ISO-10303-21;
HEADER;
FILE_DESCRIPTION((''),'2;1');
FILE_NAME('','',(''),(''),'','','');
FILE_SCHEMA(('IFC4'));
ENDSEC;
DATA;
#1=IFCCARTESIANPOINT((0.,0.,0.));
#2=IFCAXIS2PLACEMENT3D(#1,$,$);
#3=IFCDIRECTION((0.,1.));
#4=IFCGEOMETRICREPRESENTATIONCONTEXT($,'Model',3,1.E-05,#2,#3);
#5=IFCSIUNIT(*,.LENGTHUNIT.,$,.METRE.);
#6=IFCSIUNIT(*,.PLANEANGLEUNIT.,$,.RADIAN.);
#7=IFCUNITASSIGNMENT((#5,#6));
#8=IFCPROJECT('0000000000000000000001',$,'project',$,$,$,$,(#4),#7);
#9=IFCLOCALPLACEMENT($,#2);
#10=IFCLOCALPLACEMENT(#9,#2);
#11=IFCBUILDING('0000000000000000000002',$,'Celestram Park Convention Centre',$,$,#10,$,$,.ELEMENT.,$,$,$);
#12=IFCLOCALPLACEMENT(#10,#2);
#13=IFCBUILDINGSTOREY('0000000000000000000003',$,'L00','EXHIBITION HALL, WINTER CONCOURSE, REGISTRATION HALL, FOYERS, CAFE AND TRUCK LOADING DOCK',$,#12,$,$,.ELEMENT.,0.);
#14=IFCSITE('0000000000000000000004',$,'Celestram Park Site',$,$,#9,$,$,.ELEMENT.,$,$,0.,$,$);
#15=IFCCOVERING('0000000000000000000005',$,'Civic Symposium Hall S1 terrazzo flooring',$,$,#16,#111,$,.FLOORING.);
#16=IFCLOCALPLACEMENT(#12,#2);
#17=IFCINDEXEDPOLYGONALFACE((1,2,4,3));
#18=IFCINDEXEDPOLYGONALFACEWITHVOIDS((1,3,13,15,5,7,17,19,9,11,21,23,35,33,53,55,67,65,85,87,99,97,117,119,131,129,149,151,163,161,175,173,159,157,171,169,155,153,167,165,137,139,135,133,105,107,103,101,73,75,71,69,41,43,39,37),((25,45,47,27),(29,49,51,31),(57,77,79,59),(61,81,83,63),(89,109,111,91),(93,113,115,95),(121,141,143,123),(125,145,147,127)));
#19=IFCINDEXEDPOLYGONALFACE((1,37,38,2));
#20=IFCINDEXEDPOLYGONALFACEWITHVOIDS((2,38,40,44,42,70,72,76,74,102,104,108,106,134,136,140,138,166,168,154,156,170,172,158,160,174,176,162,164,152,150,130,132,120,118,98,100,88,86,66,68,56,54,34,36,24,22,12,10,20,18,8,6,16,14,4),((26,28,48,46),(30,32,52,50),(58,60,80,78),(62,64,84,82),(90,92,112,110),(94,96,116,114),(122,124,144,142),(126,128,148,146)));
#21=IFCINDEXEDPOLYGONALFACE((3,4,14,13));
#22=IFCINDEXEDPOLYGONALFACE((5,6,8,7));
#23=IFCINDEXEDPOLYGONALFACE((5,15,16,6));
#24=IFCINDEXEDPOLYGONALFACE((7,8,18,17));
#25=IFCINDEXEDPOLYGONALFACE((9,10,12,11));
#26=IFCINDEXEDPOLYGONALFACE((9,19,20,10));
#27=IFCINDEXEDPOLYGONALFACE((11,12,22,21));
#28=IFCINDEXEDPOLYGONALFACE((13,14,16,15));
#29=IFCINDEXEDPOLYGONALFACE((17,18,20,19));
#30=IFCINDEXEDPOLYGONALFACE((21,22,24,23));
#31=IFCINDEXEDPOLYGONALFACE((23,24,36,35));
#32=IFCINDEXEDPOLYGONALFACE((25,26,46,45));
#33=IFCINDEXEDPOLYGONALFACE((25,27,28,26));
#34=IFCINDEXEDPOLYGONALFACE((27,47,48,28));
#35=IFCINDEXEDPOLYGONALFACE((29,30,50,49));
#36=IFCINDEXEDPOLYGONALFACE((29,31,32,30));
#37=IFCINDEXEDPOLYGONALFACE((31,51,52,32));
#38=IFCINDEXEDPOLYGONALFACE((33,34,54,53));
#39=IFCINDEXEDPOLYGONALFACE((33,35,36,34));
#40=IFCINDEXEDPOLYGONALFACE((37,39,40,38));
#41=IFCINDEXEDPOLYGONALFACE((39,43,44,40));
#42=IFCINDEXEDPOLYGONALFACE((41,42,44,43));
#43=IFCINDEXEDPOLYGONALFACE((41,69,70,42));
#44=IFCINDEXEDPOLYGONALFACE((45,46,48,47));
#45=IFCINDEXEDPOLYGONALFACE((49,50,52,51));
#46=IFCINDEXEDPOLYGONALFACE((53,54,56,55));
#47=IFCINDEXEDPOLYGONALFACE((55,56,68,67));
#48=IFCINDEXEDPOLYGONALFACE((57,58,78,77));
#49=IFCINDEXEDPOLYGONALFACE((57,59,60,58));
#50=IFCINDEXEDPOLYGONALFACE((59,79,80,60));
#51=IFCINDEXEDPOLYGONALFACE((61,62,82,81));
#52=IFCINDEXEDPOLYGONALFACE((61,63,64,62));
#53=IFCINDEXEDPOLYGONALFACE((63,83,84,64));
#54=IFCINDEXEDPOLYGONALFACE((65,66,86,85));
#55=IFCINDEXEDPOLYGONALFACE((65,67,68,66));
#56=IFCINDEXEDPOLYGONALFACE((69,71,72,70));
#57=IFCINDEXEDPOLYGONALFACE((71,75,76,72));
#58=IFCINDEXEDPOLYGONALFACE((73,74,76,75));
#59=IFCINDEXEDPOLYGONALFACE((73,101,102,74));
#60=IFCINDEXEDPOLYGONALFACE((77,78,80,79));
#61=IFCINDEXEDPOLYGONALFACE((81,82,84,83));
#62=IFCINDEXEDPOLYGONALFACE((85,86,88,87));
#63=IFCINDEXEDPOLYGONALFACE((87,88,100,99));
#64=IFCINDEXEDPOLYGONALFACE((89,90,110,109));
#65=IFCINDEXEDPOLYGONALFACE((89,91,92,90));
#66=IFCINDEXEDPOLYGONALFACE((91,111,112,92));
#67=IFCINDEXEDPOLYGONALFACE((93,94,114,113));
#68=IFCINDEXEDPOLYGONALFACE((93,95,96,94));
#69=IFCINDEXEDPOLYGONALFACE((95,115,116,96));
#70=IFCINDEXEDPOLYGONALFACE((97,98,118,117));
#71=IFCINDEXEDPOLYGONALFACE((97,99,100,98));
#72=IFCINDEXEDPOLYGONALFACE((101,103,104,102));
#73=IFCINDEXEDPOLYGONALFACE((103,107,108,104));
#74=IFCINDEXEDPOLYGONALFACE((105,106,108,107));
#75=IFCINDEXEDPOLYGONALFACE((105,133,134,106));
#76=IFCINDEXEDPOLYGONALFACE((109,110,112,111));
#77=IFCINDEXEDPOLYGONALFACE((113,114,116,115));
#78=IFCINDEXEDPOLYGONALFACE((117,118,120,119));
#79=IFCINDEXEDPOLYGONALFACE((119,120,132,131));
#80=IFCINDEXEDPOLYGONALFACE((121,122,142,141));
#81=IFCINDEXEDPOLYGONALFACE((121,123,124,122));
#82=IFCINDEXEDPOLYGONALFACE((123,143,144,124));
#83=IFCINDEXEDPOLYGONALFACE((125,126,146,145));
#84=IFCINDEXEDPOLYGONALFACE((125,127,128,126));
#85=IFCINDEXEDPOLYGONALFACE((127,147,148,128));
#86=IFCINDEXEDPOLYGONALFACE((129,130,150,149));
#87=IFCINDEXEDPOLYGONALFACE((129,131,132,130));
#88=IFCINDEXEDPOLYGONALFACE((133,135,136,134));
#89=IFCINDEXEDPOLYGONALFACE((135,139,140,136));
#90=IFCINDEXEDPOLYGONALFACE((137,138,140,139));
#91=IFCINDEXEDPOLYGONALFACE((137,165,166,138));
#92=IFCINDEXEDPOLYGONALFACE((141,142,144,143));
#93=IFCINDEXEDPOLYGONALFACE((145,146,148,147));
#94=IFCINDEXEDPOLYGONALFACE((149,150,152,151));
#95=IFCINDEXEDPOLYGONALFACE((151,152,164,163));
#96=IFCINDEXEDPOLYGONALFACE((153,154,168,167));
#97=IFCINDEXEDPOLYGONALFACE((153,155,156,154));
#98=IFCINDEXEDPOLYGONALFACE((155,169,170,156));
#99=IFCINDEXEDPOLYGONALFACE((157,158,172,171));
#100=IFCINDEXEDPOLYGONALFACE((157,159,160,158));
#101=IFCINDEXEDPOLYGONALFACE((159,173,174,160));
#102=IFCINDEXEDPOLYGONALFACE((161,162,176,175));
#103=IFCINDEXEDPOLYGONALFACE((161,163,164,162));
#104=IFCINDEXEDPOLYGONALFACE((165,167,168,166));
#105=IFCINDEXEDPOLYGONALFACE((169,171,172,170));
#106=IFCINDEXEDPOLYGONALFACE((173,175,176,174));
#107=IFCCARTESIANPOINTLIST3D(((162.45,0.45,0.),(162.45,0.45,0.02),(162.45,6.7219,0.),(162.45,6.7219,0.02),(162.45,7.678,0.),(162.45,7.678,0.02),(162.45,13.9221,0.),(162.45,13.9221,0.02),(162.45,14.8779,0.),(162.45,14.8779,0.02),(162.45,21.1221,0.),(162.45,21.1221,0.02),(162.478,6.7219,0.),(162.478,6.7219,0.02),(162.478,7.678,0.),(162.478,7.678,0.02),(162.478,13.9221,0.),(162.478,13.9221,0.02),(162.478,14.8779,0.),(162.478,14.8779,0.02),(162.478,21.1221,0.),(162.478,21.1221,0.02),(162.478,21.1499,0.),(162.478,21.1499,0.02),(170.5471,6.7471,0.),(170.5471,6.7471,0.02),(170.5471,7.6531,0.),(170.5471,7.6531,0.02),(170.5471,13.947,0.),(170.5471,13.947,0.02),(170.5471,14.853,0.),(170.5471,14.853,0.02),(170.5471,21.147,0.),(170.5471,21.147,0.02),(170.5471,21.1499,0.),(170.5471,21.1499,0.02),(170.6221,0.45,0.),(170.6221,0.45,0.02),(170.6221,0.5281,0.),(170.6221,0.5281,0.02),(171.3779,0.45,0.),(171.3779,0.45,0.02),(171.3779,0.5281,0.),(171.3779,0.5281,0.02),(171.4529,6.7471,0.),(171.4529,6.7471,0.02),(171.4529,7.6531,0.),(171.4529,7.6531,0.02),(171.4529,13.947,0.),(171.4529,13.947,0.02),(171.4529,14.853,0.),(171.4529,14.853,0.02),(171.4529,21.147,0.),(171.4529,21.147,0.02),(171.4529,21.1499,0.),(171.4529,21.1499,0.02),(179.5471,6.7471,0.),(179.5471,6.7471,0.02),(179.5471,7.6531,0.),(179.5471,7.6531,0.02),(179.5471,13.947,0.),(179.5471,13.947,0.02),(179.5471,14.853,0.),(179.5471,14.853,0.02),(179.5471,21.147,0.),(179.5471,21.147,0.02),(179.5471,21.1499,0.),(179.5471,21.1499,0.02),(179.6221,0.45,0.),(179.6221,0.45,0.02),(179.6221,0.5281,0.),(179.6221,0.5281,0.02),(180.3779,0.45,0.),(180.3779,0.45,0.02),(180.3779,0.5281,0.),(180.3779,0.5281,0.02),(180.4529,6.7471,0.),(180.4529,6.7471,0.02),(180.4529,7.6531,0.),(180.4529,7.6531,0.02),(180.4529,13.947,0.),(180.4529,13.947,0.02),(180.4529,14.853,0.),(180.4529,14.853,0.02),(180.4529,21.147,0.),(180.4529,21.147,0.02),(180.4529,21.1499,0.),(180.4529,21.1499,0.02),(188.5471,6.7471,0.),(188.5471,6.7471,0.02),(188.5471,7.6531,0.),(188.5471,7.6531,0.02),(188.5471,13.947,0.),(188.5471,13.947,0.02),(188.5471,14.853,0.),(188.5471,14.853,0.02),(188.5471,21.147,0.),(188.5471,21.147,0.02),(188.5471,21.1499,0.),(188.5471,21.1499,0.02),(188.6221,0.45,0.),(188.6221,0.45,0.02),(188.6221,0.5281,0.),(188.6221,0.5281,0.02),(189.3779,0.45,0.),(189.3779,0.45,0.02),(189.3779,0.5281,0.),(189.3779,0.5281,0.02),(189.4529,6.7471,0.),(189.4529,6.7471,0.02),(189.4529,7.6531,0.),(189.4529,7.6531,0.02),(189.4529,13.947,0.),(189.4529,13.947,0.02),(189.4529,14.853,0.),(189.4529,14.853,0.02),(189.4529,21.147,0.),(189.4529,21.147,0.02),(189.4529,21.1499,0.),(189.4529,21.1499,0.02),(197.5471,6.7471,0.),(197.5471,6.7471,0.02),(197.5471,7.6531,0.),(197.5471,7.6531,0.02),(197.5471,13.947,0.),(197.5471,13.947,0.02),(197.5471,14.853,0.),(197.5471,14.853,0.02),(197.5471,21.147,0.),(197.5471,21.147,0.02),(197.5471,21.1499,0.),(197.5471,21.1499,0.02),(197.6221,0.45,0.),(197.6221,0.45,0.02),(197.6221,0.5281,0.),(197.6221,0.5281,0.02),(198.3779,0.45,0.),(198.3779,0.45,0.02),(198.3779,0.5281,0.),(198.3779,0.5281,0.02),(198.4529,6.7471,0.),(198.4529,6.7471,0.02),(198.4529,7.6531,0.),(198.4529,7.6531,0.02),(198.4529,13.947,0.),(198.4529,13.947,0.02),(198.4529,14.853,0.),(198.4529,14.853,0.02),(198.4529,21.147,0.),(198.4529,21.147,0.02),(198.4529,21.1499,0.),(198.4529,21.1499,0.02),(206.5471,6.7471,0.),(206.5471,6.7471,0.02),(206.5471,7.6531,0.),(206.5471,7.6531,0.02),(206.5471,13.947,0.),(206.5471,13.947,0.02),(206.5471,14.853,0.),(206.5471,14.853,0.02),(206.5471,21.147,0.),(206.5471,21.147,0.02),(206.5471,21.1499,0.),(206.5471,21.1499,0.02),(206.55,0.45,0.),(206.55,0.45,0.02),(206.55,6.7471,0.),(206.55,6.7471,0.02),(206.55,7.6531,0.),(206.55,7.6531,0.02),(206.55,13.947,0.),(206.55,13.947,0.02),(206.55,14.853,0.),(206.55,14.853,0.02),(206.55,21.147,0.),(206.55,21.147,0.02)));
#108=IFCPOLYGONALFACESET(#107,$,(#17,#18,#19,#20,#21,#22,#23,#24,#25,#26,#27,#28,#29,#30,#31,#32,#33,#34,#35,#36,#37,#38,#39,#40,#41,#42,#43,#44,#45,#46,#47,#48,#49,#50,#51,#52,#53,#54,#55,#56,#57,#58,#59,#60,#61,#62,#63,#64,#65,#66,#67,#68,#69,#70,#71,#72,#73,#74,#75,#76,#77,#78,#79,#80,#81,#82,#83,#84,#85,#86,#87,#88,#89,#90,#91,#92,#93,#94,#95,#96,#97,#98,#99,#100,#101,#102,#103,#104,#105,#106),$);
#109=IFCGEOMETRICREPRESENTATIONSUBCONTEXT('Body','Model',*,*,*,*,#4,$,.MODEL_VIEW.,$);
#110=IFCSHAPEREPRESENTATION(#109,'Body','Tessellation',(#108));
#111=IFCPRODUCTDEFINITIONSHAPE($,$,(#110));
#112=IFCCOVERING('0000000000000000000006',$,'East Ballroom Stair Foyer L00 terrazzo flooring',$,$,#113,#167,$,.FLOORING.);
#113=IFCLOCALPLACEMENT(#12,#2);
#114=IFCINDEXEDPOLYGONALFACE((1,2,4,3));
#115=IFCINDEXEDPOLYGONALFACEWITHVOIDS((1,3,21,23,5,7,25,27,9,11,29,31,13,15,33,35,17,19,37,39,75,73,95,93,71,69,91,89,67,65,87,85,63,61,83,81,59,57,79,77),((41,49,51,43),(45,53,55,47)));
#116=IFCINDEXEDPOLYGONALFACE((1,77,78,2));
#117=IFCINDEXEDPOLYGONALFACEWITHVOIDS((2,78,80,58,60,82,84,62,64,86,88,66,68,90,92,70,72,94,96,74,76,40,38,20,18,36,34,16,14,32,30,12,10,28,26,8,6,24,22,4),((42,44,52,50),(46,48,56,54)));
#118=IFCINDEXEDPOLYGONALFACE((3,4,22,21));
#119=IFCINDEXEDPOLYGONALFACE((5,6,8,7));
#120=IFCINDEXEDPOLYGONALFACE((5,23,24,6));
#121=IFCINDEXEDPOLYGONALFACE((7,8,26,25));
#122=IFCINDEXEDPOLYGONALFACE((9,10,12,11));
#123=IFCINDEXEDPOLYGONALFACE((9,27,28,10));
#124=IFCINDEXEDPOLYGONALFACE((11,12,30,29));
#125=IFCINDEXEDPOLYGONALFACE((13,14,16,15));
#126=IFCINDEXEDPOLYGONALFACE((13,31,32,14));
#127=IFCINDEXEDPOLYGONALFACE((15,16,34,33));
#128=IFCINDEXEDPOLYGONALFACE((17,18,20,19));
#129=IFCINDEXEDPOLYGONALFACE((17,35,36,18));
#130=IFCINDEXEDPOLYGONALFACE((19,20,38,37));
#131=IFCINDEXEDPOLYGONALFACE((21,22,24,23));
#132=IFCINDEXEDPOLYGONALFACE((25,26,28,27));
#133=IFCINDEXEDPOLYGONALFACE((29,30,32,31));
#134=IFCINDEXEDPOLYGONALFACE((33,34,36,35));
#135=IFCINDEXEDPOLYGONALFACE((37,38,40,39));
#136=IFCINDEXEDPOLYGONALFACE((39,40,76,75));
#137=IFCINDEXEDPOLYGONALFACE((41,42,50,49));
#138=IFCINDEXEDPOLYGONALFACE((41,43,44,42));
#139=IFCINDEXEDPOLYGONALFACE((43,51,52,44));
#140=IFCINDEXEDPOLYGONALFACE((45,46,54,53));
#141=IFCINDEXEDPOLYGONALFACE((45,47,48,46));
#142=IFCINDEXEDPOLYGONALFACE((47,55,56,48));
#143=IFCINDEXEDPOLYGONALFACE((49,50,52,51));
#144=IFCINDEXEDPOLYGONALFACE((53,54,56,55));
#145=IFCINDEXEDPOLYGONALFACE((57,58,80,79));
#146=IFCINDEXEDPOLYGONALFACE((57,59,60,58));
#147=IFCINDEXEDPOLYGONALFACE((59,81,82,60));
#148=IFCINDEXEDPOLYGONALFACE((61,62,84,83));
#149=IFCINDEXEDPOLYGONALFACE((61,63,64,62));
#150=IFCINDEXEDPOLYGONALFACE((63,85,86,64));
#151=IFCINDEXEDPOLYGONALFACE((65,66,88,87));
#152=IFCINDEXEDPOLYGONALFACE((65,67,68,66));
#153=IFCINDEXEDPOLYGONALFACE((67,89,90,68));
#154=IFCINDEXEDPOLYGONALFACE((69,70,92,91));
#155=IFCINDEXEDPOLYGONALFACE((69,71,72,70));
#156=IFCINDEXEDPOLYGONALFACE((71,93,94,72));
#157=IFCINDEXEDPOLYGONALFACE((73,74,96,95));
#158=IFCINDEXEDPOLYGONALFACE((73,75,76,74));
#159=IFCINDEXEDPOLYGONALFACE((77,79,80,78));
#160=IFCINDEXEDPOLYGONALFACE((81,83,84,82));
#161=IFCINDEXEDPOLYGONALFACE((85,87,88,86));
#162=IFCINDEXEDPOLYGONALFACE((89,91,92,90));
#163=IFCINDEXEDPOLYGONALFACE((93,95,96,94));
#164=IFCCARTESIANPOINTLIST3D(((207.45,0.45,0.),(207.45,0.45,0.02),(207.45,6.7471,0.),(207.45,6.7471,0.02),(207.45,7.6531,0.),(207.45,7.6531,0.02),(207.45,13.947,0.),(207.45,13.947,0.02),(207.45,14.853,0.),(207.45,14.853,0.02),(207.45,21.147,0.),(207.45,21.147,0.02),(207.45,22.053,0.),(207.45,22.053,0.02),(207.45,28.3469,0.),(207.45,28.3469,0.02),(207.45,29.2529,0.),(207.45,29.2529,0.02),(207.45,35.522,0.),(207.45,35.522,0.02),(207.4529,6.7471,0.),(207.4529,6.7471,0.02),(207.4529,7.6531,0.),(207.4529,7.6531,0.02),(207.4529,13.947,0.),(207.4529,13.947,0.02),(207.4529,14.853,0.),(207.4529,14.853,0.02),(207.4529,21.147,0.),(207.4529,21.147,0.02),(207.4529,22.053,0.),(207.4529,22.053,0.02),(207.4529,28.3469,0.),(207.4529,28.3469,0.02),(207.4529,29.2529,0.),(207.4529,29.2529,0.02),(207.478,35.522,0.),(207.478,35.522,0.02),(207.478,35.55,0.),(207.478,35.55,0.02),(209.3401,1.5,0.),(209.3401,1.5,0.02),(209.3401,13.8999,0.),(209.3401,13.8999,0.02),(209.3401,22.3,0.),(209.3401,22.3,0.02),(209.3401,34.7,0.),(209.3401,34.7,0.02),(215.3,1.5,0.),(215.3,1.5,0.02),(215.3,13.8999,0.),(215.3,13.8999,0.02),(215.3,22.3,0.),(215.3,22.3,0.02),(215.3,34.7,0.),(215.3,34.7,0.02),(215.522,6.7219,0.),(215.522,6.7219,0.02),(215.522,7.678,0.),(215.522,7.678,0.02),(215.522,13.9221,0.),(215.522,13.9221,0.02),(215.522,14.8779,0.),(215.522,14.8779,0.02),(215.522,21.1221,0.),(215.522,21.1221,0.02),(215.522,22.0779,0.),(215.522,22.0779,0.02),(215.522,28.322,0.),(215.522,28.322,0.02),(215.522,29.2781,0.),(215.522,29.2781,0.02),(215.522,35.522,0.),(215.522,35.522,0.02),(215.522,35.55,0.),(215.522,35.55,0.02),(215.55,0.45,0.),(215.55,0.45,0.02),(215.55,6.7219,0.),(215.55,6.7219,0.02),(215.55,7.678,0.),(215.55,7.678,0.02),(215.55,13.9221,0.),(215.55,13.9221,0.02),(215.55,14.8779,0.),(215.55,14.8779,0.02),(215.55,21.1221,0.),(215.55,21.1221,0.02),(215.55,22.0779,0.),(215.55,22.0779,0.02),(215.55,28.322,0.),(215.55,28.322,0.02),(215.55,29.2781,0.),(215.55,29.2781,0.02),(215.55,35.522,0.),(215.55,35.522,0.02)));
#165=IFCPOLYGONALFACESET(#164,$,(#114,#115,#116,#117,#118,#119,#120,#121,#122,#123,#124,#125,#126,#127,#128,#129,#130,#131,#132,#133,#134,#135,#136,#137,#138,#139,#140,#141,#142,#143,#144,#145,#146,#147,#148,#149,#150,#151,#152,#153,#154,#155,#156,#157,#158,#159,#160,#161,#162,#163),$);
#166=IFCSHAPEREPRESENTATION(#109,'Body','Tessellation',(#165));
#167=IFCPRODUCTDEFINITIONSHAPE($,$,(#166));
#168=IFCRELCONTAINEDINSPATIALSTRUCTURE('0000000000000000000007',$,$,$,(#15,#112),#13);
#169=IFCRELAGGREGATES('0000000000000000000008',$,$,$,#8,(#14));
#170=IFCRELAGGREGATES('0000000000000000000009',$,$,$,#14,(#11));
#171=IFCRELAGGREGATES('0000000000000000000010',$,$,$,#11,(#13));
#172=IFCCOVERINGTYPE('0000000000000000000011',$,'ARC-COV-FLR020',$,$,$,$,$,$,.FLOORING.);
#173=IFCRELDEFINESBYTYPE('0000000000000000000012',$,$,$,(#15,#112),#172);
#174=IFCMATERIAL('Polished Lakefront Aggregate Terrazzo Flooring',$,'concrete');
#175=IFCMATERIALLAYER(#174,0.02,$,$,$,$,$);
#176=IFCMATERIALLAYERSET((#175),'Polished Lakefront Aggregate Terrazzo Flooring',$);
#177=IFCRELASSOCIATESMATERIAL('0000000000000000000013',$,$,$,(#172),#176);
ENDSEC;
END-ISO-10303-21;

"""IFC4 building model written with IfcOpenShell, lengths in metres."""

from ifc_helpers import new_model, si_unit, direction, origin, place, context, subcontext, project, spatial, polyline, outline, extrude, material, layer, layer_set, type_object, element, save


model = new_model("IFC4")

# Units and contexts
model_context = context("Model", 3, precision=1e-05, world=origin(), true_north=direction((0.0, 1.0)))
body_context = subcontext(model_context, "Body", "Model", "MODEL_VIEW")
ifc_project = project(units=[si_unit("LENGTHUNIT", "METRE"), si_unit("PLANEANGLEUNIT", "RADIAN")], contexts=[model_context])

# Site, building, storey
site_placement = place(None, origin())
site = spatial("IfcSite", under=ifc_project, at=site_placement, Name="Celestram Park Site", CompositionType="ELEMENT", RefElevation=0.0)
building_placement = place(site_placement, origin())
building = spatial("IfcBuilding", under=site, at=building_placement, Name="Celestram Park Convention Centre", CompositionType="ELEMENT")
storey_placement = place(building_placement, origin())
storey = spatial("IfcBuildingStorey", under=building, at=storey_placement, Name="L00", Description="EXHIBITION HALL, WINTER CONCOURSE, REGISTRATION HALL, FOYERS, CAFE AND TRUCK LOADING DOCK", CompositionType="ELEMENT", Elevation=0.0)

# Coverings
ifc_material_1 = material(Name="Polished Lakefront Aggregate Terrazzo Flooring", Category="concrete")
ifc_layer_1 = layer(ifc_material_1, 0.02)
ifc_layer_set_1 = layer_set([ifc_layer_1], Name="Polished Lakefront Aggregate Terrazzo Flooring")
covering_type = type_object("IfcCoveringType", Name="ARC-COV-FLR020", PredefinedType="FLOORING", material=ifc_layer_set_1)
covering_1_placement = place(storey_placement, origin())
element("IfcCovering", 1, at=covering_1_placement, inside=storey, type_object=covering_type, Name="Civic Symposium Hall S1 terrazzo flooring", PredefinedType="FLOORING", context=body_context, shape_type="SweptSolid", body=[
    extrude(outline(polyline([(170.5471, 21.1499), (170.5471, 21.147), (171.4529, 21.147), (171.4529, 21.1499), (179.5471, 21.1499), (179.5471, 21.147), (180.4529, 21.147), (180.4529, 21.1499), (188.5471, 21.1499), (188.5471, 21.147), (189.4529, 21.147), (189.4529, 21.1499), (197.5471, 21.1499), (197.5471, 21.147), (198.4529, 21.147), (198.4529, 21.1499), (206.5471, 21.1499), (206.5471, 21.147), (206.55, 21.147), (206.55, 14.853), (206.5471, 14.853), (206.5471, 13.947), (206.55, 13.947), (206.55, 7.6531), (206.5471, 7.6531), (206.5471, 6.7471), (206.55, 6.7471), (206.55, 0.45), (198.3779, 0.45), (198.3779, 0.5281), (197.6221, 0.5281), (197.6221, 0.45), (189.3779, 0.45), (189.3779, 0.5281), (188.6221, 0.5281), (188.6221, 0.45), (180.3779, 0.45), (180.3779, 0.5281), (179.6221, 0.5281), (179.6221, 0.45), (171.3779, 0.45), (171.3779, 0.5281), (170.6221, 0.5281), (170.6221, 0.45), (162.45, 0.45), (162.45, 6.7219), (162.478, 6.7219), (162.478, 7.678), (162.45, 7.678), (162.45, 13.9221), (162.478, 13.9221), (162.478, 14.8779), (162.45, 14.8779), (162.45, 21.1221), (162.478, 21.1221), (162.478, 21.1499), (170.5471, 21.1499)]), holes=[polyline([(180.4529, 6.7471), (180.4529, 7.6531), (179.5471, 7.6531), (179.5471, 6.7471), (180.4529, 6.7471)]), polyline([(171.4529, 7.6531), (170.5471, 7.6531), (170.5471, 6.7471), (171.4529, 6.7471), (171.4529, 7.6531)]), polyline([(180.4529, 13.947), (180.4529, 14.853), (179.5471, 14.853), (179.5471, 13.947), (180.4529, 13.947)]), polyline([(171.4529, 13.947), (171.4529, 14.853), (170.5471, 14.853), (170.5471, 13.947), (171.4529, 13.947)]), polyline([(189.4529, 6.7471), (189.4529, 7.6531), (188.5471, 7.6531), (188.5471, 6.7471), (189.4529, 6.7471)]), polyline([(198.4529, 6.7471), (198.4529, 7.6531), (197.5471, 7.6531), (197.5471, 6.7471), (198.4529, 6.7471)]), polyline([(189.4529, 13.947), (189.4529, 14.853), (188.5471, 14.853), (188.5471, 13.947), (189.4529, 13.947)]), polyline([(198.4529, 13.947), (198.4529, 14.853), (197.5471, 14.853), (197.5471, 13.947), (198.4529, 13.947)])]), origin(), (0.0, 0.0, 1.0), 0.02),
])
covering_2_placement = place(storey_placement, origin())
element("IfcCovering", 2, at=covering_2_placement, inside=storey, type_object=covering_type, Name="East Ballroom Stair Foyer L00 terrazzo flooring", PredefinedType="FLOORING", context=body_context, shape_type="SweptSolid", body=[
    extrude(outline(polyline([(215.522, 35.55), (215.522, 35.522), (215.55, 35.522), (215.55, 29.2781), (215.522, 29.2781), (215.522, 28.322), (215.55, 28.322), (215.55, 22.0779), (215.522, 22.0779), (215.522, 21.1221), (215.55, 21.1221), (215.55, 14.8779), (215.522, 14.8779), (215.522, 13.9221), (215.55, 13.9221), (215.55, 7.678), (215.522, 7.678), (215.522, 6.7219), (215.55, 6.7219), (215.55, 0.45), (207.45, 0.45), (207.45, 6.7471), (207.4529, 6.7471), (207.4529, 7.6531), (207.45, 7.6531), (207.45, 13.947), (207.4529, 13.947), (207.4529, 14.853), (207.45, 14.853), (207.45, 21.147), (207.4529, 21.147), (207.4529, 22.053), (207.45, 22.053), (207.45, 28.3469), (207.4529, 28.3469), (207.4529, 29.2529), (207.45, 29.2529), (207.45, 35.522), (207.478, 35.522), (207.478, 35.55), (215.522, 35.55)]), holes=[polyline([(215.3, 13.8999), (209.3401, 13.8999), (209.3401, 1.5), (215.3, 1.5), (215.3, 13.8999)]), polyline([(215.3, 34.7), (209.3401, 34.7), (209.3401, 22.3), (215.3, 22.3), (215.3, 34.7)])]), origin(), (0.0, 0.0, 1.0), 0.02),
])

save(model, "model.ifc")
